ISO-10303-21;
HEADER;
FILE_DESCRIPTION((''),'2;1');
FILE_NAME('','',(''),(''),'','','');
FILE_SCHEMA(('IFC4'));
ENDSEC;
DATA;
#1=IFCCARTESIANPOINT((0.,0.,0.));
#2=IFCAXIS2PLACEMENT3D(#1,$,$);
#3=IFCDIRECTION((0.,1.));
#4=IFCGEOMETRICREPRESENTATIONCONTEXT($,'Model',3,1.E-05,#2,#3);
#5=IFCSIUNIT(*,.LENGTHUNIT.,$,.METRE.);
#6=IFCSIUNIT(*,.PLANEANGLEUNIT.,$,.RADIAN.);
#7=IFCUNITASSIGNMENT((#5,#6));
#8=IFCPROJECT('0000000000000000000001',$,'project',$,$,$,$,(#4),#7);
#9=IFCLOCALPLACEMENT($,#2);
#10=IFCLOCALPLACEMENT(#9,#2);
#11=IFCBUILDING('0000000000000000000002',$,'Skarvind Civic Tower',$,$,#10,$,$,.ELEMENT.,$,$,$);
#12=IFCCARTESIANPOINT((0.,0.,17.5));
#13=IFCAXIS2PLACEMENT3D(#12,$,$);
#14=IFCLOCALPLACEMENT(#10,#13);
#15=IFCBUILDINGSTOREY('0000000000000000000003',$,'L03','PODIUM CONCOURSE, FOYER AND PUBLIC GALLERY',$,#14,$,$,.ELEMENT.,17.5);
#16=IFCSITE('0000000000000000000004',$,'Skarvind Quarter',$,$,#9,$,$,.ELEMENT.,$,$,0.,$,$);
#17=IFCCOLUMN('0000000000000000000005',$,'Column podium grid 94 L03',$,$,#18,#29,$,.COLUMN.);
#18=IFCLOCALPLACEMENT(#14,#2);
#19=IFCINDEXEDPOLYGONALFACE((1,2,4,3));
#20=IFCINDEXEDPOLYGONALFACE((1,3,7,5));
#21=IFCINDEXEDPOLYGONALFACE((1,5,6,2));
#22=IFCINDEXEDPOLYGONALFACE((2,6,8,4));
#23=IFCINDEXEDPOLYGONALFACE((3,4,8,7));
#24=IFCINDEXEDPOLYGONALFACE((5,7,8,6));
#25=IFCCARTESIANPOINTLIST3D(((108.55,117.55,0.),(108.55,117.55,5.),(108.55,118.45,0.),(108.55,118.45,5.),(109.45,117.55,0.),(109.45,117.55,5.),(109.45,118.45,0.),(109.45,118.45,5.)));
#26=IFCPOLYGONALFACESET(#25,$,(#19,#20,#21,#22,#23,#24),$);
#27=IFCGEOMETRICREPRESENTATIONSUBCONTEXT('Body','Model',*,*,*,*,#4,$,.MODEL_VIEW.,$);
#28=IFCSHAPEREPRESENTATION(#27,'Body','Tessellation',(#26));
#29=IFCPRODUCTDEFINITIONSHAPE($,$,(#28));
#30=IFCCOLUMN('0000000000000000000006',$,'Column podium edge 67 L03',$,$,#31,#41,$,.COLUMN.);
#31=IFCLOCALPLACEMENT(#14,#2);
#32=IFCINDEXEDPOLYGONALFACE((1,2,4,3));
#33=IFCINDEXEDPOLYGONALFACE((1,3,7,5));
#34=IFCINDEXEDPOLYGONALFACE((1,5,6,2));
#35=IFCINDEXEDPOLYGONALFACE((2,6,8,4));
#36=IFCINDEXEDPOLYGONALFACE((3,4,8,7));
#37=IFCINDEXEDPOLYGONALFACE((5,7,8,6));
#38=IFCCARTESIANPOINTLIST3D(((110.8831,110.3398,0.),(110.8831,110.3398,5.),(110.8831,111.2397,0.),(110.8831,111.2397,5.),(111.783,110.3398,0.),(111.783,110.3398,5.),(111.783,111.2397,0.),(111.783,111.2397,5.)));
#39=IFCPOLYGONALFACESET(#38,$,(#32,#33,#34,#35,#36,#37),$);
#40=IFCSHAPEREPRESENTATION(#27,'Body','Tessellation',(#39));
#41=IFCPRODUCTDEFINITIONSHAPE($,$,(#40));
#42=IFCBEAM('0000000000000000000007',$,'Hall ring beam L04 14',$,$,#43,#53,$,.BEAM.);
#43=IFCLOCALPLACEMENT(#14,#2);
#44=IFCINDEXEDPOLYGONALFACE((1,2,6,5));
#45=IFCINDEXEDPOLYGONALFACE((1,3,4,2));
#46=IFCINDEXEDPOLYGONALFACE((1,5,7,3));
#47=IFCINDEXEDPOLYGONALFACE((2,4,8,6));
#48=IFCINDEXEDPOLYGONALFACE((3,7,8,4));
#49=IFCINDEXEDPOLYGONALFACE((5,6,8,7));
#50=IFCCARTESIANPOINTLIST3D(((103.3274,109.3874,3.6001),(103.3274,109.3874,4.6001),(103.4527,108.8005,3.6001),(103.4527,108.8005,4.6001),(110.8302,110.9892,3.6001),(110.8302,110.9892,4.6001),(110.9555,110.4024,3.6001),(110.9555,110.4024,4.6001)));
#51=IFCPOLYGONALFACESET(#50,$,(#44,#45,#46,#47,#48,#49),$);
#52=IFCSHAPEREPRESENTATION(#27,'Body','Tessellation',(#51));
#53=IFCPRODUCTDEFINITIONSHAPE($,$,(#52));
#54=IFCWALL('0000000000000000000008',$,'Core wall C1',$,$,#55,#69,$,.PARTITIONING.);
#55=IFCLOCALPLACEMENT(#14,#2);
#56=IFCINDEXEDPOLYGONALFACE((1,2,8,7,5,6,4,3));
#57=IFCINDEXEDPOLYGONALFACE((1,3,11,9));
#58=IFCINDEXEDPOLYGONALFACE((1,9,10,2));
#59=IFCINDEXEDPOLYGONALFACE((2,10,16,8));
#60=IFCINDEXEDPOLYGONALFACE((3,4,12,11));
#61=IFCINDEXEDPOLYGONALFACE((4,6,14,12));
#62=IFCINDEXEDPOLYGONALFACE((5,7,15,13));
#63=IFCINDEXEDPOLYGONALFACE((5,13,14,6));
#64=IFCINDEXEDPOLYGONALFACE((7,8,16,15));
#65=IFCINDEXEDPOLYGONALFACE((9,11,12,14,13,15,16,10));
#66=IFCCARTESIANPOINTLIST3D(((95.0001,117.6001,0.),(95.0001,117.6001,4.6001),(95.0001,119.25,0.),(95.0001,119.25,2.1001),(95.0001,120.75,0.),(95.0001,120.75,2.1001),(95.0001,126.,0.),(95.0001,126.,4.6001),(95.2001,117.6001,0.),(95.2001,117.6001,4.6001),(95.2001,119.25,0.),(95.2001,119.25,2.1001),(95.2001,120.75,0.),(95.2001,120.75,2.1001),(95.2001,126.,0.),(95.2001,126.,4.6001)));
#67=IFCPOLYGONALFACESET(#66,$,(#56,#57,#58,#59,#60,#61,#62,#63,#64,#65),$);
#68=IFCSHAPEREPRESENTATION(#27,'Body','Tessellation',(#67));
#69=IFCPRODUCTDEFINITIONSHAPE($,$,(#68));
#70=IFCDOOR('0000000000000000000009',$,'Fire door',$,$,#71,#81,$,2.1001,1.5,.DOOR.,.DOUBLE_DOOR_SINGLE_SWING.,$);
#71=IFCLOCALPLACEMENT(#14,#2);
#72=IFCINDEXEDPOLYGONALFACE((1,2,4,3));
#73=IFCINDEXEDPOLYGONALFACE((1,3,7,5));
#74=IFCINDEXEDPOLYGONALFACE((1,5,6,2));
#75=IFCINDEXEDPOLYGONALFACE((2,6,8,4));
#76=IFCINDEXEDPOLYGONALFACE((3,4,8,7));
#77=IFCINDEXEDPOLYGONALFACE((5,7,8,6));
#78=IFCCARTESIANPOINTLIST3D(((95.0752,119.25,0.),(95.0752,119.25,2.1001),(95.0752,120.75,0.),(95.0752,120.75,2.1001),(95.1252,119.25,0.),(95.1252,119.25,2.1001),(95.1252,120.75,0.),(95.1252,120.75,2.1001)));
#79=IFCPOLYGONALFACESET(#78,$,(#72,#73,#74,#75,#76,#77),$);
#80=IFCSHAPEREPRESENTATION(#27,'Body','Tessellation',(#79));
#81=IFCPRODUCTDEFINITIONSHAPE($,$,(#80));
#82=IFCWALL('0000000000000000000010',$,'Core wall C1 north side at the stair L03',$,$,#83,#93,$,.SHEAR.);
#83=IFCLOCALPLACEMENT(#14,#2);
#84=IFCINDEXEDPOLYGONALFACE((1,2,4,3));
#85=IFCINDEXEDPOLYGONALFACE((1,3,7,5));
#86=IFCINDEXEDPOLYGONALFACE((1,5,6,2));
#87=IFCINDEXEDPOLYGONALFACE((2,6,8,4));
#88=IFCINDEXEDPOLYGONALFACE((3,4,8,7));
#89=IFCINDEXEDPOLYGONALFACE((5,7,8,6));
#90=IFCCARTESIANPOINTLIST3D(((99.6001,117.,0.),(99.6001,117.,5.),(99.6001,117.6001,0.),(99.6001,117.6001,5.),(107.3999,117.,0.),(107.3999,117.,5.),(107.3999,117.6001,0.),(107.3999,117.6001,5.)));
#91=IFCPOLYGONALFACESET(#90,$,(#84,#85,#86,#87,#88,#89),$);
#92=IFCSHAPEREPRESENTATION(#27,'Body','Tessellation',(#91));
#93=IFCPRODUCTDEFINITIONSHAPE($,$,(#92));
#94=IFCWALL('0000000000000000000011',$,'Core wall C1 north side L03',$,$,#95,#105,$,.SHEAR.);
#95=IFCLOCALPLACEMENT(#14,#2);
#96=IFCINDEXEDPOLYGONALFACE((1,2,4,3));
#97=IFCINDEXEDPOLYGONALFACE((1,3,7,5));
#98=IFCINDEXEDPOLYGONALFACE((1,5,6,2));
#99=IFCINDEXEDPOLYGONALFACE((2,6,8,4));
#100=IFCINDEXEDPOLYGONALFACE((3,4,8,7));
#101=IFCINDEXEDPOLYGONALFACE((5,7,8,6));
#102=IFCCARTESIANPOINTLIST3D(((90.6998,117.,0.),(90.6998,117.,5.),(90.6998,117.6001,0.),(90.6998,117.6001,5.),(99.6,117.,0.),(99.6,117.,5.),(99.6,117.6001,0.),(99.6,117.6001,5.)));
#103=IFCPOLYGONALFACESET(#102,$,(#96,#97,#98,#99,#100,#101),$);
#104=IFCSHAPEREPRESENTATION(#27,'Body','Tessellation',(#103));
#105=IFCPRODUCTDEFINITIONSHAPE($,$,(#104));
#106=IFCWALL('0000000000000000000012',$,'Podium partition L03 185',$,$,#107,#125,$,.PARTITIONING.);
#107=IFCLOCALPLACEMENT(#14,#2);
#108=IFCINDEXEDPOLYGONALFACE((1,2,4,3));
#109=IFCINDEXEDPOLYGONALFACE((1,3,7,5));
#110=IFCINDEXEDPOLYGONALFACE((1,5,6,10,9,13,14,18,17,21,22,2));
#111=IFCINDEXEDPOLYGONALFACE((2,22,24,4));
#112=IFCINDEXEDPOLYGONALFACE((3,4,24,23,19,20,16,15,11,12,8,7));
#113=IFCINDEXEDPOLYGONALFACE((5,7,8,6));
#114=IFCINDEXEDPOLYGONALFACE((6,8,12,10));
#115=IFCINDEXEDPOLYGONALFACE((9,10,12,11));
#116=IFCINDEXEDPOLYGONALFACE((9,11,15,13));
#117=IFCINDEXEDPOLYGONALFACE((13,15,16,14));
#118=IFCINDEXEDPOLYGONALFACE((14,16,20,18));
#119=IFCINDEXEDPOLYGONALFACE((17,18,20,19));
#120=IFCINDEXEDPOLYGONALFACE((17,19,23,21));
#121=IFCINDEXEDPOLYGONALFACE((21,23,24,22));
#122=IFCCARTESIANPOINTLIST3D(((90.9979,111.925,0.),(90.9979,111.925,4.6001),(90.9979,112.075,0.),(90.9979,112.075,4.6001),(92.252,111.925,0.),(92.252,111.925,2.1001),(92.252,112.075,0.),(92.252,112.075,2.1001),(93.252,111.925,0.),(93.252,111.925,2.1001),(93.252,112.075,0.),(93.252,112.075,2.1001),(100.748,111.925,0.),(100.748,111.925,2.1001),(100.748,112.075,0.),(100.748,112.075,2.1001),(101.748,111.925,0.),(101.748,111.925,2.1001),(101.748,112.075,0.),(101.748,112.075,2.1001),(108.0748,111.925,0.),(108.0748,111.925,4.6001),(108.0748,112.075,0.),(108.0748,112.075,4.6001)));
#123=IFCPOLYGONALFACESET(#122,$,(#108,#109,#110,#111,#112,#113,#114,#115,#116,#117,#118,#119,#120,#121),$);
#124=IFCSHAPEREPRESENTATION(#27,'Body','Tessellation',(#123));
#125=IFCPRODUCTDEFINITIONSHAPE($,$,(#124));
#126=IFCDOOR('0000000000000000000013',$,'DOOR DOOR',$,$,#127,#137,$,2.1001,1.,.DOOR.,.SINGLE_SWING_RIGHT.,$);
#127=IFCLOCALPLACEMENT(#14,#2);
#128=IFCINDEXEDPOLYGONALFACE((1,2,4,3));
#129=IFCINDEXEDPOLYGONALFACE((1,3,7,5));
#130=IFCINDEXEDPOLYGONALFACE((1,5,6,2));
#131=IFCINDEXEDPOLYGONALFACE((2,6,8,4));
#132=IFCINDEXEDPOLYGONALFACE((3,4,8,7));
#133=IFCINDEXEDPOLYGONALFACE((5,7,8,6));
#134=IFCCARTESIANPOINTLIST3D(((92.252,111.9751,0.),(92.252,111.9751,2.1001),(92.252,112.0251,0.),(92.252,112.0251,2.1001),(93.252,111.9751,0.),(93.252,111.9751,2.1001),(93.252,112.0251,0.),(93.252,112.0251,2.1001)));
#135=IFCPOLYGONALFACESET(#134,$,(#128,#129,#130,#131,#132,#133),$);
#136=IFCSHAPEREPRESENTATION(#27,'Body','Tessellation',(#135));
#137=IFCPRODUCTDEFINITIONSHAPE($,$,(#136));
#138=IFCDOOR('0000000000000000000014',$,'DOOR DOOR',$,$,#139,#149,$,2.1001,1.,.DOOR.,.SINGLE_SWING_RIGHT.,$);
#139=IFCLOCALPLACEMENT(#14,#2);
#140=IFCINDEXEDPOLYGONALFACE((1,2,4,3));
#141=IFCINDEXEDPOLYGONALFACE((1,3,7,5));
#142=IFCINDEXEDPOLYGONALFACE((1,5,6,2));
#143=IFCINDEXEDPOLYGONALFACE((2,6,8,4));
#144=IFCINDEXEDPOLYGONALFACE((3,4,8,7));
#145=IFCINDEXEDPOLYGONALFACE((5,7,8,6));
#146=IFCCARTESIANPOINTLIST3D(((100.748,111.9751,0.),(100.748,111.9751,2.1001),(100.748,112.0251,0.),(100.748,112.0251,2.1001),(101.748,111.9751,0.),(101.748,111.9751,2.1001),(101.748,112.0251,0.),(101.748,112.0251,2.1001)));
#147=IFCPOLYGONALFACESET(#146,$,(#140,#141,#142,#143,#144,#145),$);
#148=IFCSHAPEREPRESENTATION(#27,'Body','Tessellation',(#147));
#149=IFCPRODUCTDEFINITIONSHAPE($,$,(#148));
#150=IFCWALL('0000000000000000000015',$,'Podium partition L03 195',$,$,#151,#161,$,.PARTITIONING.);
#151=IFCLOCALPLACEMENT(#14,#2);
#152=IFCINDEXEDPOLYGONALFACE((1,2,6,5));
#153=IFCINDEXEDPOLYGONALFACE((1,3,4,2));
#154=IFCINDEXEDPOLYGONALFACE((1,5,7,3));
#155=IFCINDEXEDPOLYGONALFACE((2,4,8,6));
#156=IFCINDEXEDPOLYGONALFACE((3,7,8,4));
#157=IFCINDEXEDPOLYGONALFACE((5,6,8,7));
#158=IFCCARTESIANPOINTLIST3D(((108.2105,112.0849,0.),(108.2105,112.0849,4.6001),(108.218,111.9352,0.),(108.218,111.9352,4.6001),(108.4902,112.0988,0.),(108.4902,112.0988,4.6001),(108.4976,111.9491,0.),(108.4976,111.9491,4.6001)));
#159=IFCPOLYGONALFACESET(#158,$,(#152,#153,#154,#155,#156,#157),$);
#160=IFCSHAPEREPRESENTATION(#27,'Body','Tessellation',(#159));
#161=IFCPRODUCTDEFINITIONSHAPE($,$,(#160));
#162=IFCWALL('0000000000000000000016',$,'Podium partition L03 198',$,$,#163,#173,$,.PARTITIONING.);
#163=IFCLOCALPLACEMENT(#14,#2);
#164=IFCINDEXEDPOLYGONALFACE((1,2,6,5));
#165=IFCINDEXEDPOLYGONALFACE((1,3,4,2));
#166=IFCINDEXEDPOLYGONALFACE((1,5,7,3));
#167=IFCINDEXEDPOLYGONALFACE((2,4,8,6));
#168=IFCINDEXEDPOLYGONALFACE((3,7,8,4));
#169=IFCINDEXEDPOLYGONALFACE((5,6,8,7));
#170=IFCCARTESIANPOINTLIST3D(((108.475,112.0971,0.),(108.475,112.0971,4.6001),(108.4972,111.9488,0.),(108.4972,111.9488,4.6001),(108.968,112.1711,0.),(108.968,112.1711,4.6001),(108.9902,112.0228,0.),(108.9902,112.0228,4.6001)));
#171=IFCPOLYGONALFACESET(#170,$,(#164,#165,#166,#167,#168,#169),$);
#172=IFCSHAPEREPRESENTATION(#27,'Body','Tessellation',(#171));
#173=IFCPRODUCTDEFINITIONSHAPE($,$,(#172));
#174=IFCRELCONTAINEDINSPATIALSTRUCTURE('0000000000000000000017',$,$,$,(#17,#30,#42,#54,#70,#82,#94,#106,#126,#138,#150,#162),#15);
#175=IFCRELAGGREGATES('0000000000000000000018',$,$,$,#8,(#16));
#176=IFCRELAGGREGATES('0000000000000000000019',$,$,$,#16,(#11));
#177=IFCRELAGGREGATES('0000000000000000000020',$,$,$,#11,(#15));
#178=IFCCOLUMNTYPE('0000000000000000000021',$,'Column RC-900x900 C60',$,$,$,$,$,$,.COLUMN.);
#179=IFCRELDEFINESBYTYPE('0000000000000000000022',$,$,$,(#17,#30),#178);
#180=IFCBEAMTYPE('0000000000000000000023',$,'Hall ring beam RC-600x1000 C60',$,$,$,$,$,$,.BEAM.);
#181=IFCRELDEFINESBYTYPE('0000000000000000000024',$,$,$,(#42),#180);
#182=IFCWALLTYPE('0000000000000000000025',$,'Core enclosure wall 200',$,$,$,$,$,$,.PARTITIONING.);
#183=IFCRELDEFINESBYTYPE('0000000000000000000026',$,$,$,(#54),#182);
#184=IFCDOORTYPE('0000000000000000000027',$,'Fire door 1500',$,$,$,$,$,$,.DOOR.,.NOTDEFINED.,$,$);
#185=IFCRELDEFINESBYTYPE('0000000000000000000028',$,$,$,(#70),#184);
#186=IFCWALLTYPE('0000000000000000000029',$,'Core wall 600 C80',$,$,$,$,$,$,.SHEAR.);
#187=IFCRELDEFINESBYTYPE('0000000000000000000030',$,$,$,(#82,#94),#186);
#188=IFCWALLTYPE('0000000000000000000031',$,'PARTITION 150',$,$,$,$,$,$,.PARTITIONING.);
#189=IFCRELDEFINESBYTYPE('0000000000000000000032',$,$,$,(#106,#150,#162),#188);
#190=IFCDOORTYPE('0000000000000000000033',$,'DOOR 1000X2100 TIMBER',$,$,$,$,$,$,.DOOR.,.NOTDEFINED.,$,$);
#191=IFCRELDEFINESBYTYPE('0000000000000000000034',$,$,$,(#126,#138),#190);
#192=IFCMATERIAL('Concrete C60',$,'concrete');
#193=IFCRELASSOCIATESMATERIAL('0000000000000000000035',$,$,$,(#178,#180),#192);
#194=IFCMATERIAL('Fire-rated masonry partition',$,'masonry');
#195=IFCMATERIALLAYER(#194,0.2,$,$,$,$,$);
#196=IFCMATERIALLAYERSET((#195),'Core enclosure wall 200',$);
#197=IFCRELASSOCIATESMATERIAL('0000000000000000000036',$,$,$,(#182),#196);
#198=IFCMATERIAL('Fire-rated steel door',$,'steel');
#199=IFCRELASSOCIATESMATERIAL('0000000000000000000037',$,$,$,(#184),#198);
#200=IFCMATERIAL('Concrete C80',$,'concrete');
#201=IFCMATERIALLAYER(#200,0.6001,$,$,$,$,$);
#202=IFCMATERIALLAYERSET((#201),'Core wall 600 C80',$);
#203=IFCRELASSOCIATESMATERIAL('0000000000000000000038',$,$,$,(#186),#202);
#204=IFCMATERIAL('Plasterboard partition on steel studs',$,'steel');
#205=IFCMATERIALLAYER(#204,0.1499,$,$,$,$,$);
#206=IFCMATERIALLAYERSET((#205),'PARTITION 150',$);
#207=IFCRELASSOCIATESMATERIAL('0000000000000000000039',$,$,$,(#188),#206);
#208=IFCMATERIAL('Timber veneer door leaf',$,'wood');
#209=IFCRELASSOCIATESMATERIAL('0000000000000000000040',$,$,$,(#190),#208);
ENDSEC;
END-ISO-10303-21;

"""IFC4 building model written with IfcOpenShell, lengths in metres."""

from ifc_helpers import new_model, si_unit, direction, frame, frame_2d, origin, origin_2d, place, context, subcontext, project, spatial, rectangle, extrude, material, layer, layer_set, material_profile, profile_set, type_object, element, fill, save


model = new_model("IFC4")

# Units and contexts
model_context = context("Model", 3, precision=1e-05, world=origin(), true_north=direction((0.0, 1.0)))
body_context = subcontext(model_context, "Body", "Model", "MODEL_VIEW")
ifc_project = project(units=[si_unit("LENGTHUNIT", "METRE"), si_unit("PLANEANGLEUNIT", "RADIAN")], contexts=[model_context])

# Site, building, storey
site_placement = place(None, origin())
site = spatial("IfcSite", under=ifc_project, at=site_placement, Name="Skarvind Quarter", CompositionType="ELEMENT", RefElevation=0.0)
building_placement = place(site_placement, origin())
building = spatial("IfcBuilding", under=site, at=building_placement, Name="Skarvind Civic Tower", CompositionType="ELEMENT")
storey_placement = place(building_placement, frame((0.0, 0.0, 17.5)))
storey = spatial("IfcBuildingStorey", under=building, at=storey_placement, Name="L03", Description="PODIUM CONCOURSE, FOYER AND PUBLIC GALLERY", CompositionType="ELEMENT", Elevation=17.5)

# Columns
ifc_material_1 = material(Name="Concrete C60", Category="concrete")
ifc_material_profile_1 = material_profile(ifc_material_1, rectangle(XDim=0.8999, YDim=0.8999, at=origin_2d()), Name="RC-900x900")
ifc_profile_set_1 = profile_set([ifc_material_profile_1], Name="Concrete C60")
column_type = type_object("IfcColumnType", Name="Column RC-900x900 C60", PredefinedType="COLUMN", material=ifc_profile_set_1)
for number, where, z_axis, x_axis, name in (
    (1, (109.0, 118.0, 0.0), (0.0, 0.0, 1.0), (1.0, 0.0, 0.0), "Column podium grid 94 L03"),
    (2, (111.333, 110.7898, 0.0), (0.0, 0.0, 1.0), (1.0, 0.0, 0.0), "Column podium edge 67 L03"),
):
    element("IfcColumn", number, at=place(storey_placement, frame(where, z_axis=z_axis, x_axis=x_axis)), inside=storey, type_object=column_type, Name=name, PredefinedType="COLUMN", context=body_context, shape_type="SweptSolid", body=[
        extrude(rectangle(XDim=0.8999, YDim=0.8999, at=origin_2d()), origin(), (0.0, 0.0, 1.0), 5.0),
    ])

# Beam
ifc_material_profile_2 = material_profile(ifc_material_1, rectangle(XDim=0.6001, YDim=1.0, at=origin_2d()), Name="RC-600x1000")
ifc_profile_set_2 = profile_set([ifc_material_profile_2], Name="Concrete C60")
beam_type = type_object("IfcBeamType", Name="Hall ring beam RC-600x1000 C60", PredefinedType="BEAM", material=ifc_profile_set_2)
beam_placement = place(storey_placement, frame((110.8928, 110.6958, 4.1001), z_axis=(-0.97796, -0.208792, 0.0), x_axis=(0.208792, -0.97796, 0.0)))
element("IfcBeam", 3, at=beam_placement, inside=storey, type_object=beam_type, Name="Hall ring beam L04 14", PredefinedType="BEAM", context=body_context, shape_type="SweptSolid", body=[
    extrude(rectangle(XDim=0.6001, YDim=1.0, at=origin_2d()), origin(), (0.0, 0.0, 1.0), 7.6719),
])

# Wall, opening, door
ifc_material_2 = material(Name="Fire-rated masonry partition", Category="masonry")
ifc_layer_1 = layer(ifc_material_2, 0.2)
ifc_layer_set_1 = layer_set([ifc_layer_1], Name="Core enclosure wall 200")
wall_type_1 = type_object("IfcWallType", Name="Core enclosure wall 200", PredefinedType="PARTITIONING", material=ifc_layer_set_1)
wall_1_placement = place(storey_placement, frame((95.1001, 117.6001, 0.0), z_axis=(0.0, 0.0, 1.0), x_axis=(0.0, 1.0, 0.0)))
wall_1 = element("IfcWall", 4, at=wall_1_placement, inside=storey, type_object=wall_type_1, Name="Core wall C1", PredefinedType="PARTITIONING", context=body_context, shape_type="SweptSolid", body=[
    extrude(rectangle(XDim=8.3999, YDim=0.2, at=frame_2d((4.2, 0.0))), origin(), (0.0, 0.0, 1.0), 4.6001),
])
opening_1_placement = place(wall_1_placement, frame((1.6499, 0.0, 0.0)))
opening_1 = element("IfcOpeningElement", 5, at=opening_1_placement, cuts=wall_1, PredefinedType="OPENING", context=body_context, shape_type="SweptSolid", body=[
    extrude(rectangle(XDim=1.5, YDim=2.1001, at=frame_2d((0.75, 1.05))), frame((0.0, 0.1099, 0.0), z_axis=(0.0, -1.0, 0.0), x_axis=(1.0, 0.0, 0.0)), (0.0, 0.0, 1.0), 0.22),
])
ifc_material_3 = material(Name="Fire-rated steel door", Category="steel")
door_type_1 = type_object("IfcDoorType", Name="Fire door 1500", OperationType="NOTDEFINED", PredefinedType="DOOR", material=ifc_material_3)
door_1_placement = place(opening_1_placement, origin())
door_1 = element("IfcDoor", 6, at=door_1_placement, inside=storey, type_object=door_type_1, Name="Fire door", OperationType="DOUBLE_DOOR_SINGLE_SWING", OverallHeight=2.1001, OverallWidth=1.5, PredefinedType="DOOR", context=body_context, shape_type="SweptSolid", body=[
    extrude(rectangle(XDim=1.5, YDim=2.1001, at=frame_2d((0.75, 1.05))), frame((0.0, 0.0249, 0.0), z_axis=(0.0, -1.0, 0.0), x_axis=(1.0, 0.0, 0.0)), (0.0, 0.0, 1.0), 0.05),
])
fill(opening_1, door_1)

# Walls
ifc_material_4 = material(Name="Concrete C80", Category="concrete")
ifc_layer_2 = layer(ifc_material_4, 0.6001)
ifc_layer_set_2 = layer_set([ifc_layer_2], Name="Core wall 600 C80")
wall_type_2 = type_object("IfcWallType", Name="Core wall 600 C80", PredefinedType="SHEAR", material=ifc_layer_set_2)
wall_2_placement = place(storey_placement, frame((107.3999, 117.3, 0.0), z_axis=(0.0, 0.0, 1.0), x_axis=(-1.0, 0.0, 0.0)))
element("IfcWall", 7, at=wall_2_placement, inside=storey, type_object=wall_type_2, Name="Core wall C1 north side at the stair L03", PredefinedType="SHEAR", context=body_context, shape_type="SweptSolid", body=[
    extrude(rectangle(XDim=7.7998, YDim=0.6001, at=frame_2d((3.8999, 0.0))), origin(), (0.0, 0.0, 1.0), 5.0),
])
wall_3_placement = place(storey_placement, frame((99.6001, 117.3, 0.0), z_axis=(0.0, 0.0, 1.0), x_axis=(-1.0, 0.0, 0.0)))
element("IfcWall", 8, at=wall_3_placement, inside=storey, type_object=wall_type_2, Name="Core wall C1 north side L03", PredefinedType="SHEAR", context=body_context, shape_type="SweptSolid", body=[
    extrude(rectangle(XDim=8.9001, YDim=0.6001, at=frame_2d((4.4502, 0.0))), origin(), (0.0, 0.0, 1.0), 5.0),
])

# Wall, openings, doors
ifc_material_5 = material(Name="Plasterboard partition on steel studs", Category="steel")
ifc_layer_3 = layer(ifc_material_5, 0.1499)
ifc_layer_set_3 = layer_set([ifc_layer_3], Name="PARTITION 150")
wall_type_3 = type_object("IfcWallType", Name="PARTITION 150", PredefinedType="PARTITIONING", material=ifc_layer_set_3)
wall_4_placement = place(storey_placement, frame((108.075, 112.0, 0.0), z_axis=(0.0, 0.0, 1.0), x_axis=(-1.0, 0.0, 0.0)))
wall_4 = element("IfcWall", 9, at=wall_4_placement, inside=storey, type_object=wall_type_3, Name="Podium partition L03 185", PredefinedType="PARTITIONING", context=body_context, shape_type="SweptSolid", body=[
    extrude(rectangle(XDim=17.0769, YDim=0.1499, at=frame_2d((8.5386, 0.0))), origin(), (0.0, 0.0, 1.0), 4.6001),
])
opening_2_placement = place(wall_4_placement, frame((14.823, 0.0, 0.0)))
opening_2 = element("IfcOpeningElement", 10, at=opening_2_placement, cuts=wall_4, PredefinedType="OPENING", context=body_context, shape_type="SweptSolid", body=[
    extrude(rectangle(XDim=1.0, YDim=2.1001, at=frame_2d((0.5, 1.05))), frame((0.0, 0.085, 0.0), z_axis=(0.0, -1.0, 0.0), x_axis=(1.0, 0.0, 0.0)), (0.0, 0.0, 1.0), 0.1699),
])
opening_3_placement = place(wall_4_placement, frame((6.3269, 0.0, 0.0)))
opening_3 = element("IfcOpeningElement", 11, at=opening_3_placement, cuts=wall_4, PredefinedType="OPENING", context=body_context, shape_type="SweptSolid", body=[
    extrude(rectangle(XDim=1.0, YDim=2.1001, at=frame_2d((0.5, 1.05))), frame((0.0, 0.085, 0.0), z_axis=(0.0, -1.0, 0.0), x_axis=(1.0, 0.0, 0.0)), (0.0, 0.0, 1.0), 0.1699),
])
ifc_material_6 = material(Name="Timber veneer door leaf", Category="wood")
door_type_2 = type_object("IfcDoorType", Name="DOOR 1000X2100 TIMBER", OperationType="NOTDEFINED", PredefinedType="DOOR", material=ifc_material_6)
door_2_placement = place(opening_2_placement, origin())
door_2 = element("IfcDoor", 12, at=door_2_placement, inside=storey, type_object=door_type_2, Name="DOOR DOOR", OperationType="SINGLE_SWING_RIGHT", OverallHeight=2.1001, OverallWidth=1.0, PredefinedType="DOOR", context=body_context, shape_type="SweptSolid", body=[
    extrude(rectangle(XDim=1.0, YDim=2.1001, at=frame_2d((0.5, 1.05))), frame((0.0, 0.0249, 0.0), z_axis=(0.0, -1.0, 0.0), x_axis=(1.0, 0.0, 0.0)), (0.0, 0.0, 1.0), 0.05),
])
fill(opening_2, door_2)
door_3_placement = place(opening_3_placement, origin())
door_3 = element("IfcDoor", 13, at=door_3_placement, inside=storey, type_object=door_type_2, Name="DOOR DOOR", OperationType="SINGLE_SWING_RIGHT", OverallHeight=2.1001, OverallWidth=1.0, PredefinedType="DOOR", context=body_context, shape_type="SweptSolid", body=[
    extrude(rectangle(XDim=1.0, YDim=2.1001, at=frame_2d((0.5, 1.05))), frame((0.0, 0.0249, 0.0), z_axis=(0.0, -1.0, 0.0), x_axis=(1.0, 0.0, 0.0)), (0.0, 0.0, 1.0), 0.05),
])
fill(opening_3, door_3)

# Walls
wall_5_placement = place(storey_placement, frame((108.2141, 112.01, 0.0), z_axis=(0.0, 0.0, 1.0), x_axis=(0.998765, 0.049677, 0.0)))
element("IfcWall", 14, at=wall_5_placement, inside=storey, type_object=wall_type_3, Name="Podium partition L03 195", PredefinedType="PARTITIONING", context=body_context, shape_type="SweptSolid", body=[
    extrude(rectangle(XDim=0.28, YDim=0.1499, at=frame_2d((0.1401, 0.0))), origin(), (0.0, 0.0, 1.0), 4.6001),
])
wall_6_placement = place(storey_placement, frame((108.4861, 112.0229, 0.0), z_axis=(0.0, 0.0, 1.0), x_axis=(0.988926, 0.148412, 0.0)))
element("IfcWall", 15, at=wall_6_placement, inside=storey, type_object=wall_type_3, Name="Podium partition L03 198", PredefinedType="PARTITIONING", context=body_context, shape_type="SweptSolid", body=[
    extrude(rectangle(XDim=0.4985, YDim=0.1499, at=frame_2d((0.2493, 0.0))), origin(), (0.0, 0.0, 1.0), 4.6001),
])

save(model, "model.ifc")
